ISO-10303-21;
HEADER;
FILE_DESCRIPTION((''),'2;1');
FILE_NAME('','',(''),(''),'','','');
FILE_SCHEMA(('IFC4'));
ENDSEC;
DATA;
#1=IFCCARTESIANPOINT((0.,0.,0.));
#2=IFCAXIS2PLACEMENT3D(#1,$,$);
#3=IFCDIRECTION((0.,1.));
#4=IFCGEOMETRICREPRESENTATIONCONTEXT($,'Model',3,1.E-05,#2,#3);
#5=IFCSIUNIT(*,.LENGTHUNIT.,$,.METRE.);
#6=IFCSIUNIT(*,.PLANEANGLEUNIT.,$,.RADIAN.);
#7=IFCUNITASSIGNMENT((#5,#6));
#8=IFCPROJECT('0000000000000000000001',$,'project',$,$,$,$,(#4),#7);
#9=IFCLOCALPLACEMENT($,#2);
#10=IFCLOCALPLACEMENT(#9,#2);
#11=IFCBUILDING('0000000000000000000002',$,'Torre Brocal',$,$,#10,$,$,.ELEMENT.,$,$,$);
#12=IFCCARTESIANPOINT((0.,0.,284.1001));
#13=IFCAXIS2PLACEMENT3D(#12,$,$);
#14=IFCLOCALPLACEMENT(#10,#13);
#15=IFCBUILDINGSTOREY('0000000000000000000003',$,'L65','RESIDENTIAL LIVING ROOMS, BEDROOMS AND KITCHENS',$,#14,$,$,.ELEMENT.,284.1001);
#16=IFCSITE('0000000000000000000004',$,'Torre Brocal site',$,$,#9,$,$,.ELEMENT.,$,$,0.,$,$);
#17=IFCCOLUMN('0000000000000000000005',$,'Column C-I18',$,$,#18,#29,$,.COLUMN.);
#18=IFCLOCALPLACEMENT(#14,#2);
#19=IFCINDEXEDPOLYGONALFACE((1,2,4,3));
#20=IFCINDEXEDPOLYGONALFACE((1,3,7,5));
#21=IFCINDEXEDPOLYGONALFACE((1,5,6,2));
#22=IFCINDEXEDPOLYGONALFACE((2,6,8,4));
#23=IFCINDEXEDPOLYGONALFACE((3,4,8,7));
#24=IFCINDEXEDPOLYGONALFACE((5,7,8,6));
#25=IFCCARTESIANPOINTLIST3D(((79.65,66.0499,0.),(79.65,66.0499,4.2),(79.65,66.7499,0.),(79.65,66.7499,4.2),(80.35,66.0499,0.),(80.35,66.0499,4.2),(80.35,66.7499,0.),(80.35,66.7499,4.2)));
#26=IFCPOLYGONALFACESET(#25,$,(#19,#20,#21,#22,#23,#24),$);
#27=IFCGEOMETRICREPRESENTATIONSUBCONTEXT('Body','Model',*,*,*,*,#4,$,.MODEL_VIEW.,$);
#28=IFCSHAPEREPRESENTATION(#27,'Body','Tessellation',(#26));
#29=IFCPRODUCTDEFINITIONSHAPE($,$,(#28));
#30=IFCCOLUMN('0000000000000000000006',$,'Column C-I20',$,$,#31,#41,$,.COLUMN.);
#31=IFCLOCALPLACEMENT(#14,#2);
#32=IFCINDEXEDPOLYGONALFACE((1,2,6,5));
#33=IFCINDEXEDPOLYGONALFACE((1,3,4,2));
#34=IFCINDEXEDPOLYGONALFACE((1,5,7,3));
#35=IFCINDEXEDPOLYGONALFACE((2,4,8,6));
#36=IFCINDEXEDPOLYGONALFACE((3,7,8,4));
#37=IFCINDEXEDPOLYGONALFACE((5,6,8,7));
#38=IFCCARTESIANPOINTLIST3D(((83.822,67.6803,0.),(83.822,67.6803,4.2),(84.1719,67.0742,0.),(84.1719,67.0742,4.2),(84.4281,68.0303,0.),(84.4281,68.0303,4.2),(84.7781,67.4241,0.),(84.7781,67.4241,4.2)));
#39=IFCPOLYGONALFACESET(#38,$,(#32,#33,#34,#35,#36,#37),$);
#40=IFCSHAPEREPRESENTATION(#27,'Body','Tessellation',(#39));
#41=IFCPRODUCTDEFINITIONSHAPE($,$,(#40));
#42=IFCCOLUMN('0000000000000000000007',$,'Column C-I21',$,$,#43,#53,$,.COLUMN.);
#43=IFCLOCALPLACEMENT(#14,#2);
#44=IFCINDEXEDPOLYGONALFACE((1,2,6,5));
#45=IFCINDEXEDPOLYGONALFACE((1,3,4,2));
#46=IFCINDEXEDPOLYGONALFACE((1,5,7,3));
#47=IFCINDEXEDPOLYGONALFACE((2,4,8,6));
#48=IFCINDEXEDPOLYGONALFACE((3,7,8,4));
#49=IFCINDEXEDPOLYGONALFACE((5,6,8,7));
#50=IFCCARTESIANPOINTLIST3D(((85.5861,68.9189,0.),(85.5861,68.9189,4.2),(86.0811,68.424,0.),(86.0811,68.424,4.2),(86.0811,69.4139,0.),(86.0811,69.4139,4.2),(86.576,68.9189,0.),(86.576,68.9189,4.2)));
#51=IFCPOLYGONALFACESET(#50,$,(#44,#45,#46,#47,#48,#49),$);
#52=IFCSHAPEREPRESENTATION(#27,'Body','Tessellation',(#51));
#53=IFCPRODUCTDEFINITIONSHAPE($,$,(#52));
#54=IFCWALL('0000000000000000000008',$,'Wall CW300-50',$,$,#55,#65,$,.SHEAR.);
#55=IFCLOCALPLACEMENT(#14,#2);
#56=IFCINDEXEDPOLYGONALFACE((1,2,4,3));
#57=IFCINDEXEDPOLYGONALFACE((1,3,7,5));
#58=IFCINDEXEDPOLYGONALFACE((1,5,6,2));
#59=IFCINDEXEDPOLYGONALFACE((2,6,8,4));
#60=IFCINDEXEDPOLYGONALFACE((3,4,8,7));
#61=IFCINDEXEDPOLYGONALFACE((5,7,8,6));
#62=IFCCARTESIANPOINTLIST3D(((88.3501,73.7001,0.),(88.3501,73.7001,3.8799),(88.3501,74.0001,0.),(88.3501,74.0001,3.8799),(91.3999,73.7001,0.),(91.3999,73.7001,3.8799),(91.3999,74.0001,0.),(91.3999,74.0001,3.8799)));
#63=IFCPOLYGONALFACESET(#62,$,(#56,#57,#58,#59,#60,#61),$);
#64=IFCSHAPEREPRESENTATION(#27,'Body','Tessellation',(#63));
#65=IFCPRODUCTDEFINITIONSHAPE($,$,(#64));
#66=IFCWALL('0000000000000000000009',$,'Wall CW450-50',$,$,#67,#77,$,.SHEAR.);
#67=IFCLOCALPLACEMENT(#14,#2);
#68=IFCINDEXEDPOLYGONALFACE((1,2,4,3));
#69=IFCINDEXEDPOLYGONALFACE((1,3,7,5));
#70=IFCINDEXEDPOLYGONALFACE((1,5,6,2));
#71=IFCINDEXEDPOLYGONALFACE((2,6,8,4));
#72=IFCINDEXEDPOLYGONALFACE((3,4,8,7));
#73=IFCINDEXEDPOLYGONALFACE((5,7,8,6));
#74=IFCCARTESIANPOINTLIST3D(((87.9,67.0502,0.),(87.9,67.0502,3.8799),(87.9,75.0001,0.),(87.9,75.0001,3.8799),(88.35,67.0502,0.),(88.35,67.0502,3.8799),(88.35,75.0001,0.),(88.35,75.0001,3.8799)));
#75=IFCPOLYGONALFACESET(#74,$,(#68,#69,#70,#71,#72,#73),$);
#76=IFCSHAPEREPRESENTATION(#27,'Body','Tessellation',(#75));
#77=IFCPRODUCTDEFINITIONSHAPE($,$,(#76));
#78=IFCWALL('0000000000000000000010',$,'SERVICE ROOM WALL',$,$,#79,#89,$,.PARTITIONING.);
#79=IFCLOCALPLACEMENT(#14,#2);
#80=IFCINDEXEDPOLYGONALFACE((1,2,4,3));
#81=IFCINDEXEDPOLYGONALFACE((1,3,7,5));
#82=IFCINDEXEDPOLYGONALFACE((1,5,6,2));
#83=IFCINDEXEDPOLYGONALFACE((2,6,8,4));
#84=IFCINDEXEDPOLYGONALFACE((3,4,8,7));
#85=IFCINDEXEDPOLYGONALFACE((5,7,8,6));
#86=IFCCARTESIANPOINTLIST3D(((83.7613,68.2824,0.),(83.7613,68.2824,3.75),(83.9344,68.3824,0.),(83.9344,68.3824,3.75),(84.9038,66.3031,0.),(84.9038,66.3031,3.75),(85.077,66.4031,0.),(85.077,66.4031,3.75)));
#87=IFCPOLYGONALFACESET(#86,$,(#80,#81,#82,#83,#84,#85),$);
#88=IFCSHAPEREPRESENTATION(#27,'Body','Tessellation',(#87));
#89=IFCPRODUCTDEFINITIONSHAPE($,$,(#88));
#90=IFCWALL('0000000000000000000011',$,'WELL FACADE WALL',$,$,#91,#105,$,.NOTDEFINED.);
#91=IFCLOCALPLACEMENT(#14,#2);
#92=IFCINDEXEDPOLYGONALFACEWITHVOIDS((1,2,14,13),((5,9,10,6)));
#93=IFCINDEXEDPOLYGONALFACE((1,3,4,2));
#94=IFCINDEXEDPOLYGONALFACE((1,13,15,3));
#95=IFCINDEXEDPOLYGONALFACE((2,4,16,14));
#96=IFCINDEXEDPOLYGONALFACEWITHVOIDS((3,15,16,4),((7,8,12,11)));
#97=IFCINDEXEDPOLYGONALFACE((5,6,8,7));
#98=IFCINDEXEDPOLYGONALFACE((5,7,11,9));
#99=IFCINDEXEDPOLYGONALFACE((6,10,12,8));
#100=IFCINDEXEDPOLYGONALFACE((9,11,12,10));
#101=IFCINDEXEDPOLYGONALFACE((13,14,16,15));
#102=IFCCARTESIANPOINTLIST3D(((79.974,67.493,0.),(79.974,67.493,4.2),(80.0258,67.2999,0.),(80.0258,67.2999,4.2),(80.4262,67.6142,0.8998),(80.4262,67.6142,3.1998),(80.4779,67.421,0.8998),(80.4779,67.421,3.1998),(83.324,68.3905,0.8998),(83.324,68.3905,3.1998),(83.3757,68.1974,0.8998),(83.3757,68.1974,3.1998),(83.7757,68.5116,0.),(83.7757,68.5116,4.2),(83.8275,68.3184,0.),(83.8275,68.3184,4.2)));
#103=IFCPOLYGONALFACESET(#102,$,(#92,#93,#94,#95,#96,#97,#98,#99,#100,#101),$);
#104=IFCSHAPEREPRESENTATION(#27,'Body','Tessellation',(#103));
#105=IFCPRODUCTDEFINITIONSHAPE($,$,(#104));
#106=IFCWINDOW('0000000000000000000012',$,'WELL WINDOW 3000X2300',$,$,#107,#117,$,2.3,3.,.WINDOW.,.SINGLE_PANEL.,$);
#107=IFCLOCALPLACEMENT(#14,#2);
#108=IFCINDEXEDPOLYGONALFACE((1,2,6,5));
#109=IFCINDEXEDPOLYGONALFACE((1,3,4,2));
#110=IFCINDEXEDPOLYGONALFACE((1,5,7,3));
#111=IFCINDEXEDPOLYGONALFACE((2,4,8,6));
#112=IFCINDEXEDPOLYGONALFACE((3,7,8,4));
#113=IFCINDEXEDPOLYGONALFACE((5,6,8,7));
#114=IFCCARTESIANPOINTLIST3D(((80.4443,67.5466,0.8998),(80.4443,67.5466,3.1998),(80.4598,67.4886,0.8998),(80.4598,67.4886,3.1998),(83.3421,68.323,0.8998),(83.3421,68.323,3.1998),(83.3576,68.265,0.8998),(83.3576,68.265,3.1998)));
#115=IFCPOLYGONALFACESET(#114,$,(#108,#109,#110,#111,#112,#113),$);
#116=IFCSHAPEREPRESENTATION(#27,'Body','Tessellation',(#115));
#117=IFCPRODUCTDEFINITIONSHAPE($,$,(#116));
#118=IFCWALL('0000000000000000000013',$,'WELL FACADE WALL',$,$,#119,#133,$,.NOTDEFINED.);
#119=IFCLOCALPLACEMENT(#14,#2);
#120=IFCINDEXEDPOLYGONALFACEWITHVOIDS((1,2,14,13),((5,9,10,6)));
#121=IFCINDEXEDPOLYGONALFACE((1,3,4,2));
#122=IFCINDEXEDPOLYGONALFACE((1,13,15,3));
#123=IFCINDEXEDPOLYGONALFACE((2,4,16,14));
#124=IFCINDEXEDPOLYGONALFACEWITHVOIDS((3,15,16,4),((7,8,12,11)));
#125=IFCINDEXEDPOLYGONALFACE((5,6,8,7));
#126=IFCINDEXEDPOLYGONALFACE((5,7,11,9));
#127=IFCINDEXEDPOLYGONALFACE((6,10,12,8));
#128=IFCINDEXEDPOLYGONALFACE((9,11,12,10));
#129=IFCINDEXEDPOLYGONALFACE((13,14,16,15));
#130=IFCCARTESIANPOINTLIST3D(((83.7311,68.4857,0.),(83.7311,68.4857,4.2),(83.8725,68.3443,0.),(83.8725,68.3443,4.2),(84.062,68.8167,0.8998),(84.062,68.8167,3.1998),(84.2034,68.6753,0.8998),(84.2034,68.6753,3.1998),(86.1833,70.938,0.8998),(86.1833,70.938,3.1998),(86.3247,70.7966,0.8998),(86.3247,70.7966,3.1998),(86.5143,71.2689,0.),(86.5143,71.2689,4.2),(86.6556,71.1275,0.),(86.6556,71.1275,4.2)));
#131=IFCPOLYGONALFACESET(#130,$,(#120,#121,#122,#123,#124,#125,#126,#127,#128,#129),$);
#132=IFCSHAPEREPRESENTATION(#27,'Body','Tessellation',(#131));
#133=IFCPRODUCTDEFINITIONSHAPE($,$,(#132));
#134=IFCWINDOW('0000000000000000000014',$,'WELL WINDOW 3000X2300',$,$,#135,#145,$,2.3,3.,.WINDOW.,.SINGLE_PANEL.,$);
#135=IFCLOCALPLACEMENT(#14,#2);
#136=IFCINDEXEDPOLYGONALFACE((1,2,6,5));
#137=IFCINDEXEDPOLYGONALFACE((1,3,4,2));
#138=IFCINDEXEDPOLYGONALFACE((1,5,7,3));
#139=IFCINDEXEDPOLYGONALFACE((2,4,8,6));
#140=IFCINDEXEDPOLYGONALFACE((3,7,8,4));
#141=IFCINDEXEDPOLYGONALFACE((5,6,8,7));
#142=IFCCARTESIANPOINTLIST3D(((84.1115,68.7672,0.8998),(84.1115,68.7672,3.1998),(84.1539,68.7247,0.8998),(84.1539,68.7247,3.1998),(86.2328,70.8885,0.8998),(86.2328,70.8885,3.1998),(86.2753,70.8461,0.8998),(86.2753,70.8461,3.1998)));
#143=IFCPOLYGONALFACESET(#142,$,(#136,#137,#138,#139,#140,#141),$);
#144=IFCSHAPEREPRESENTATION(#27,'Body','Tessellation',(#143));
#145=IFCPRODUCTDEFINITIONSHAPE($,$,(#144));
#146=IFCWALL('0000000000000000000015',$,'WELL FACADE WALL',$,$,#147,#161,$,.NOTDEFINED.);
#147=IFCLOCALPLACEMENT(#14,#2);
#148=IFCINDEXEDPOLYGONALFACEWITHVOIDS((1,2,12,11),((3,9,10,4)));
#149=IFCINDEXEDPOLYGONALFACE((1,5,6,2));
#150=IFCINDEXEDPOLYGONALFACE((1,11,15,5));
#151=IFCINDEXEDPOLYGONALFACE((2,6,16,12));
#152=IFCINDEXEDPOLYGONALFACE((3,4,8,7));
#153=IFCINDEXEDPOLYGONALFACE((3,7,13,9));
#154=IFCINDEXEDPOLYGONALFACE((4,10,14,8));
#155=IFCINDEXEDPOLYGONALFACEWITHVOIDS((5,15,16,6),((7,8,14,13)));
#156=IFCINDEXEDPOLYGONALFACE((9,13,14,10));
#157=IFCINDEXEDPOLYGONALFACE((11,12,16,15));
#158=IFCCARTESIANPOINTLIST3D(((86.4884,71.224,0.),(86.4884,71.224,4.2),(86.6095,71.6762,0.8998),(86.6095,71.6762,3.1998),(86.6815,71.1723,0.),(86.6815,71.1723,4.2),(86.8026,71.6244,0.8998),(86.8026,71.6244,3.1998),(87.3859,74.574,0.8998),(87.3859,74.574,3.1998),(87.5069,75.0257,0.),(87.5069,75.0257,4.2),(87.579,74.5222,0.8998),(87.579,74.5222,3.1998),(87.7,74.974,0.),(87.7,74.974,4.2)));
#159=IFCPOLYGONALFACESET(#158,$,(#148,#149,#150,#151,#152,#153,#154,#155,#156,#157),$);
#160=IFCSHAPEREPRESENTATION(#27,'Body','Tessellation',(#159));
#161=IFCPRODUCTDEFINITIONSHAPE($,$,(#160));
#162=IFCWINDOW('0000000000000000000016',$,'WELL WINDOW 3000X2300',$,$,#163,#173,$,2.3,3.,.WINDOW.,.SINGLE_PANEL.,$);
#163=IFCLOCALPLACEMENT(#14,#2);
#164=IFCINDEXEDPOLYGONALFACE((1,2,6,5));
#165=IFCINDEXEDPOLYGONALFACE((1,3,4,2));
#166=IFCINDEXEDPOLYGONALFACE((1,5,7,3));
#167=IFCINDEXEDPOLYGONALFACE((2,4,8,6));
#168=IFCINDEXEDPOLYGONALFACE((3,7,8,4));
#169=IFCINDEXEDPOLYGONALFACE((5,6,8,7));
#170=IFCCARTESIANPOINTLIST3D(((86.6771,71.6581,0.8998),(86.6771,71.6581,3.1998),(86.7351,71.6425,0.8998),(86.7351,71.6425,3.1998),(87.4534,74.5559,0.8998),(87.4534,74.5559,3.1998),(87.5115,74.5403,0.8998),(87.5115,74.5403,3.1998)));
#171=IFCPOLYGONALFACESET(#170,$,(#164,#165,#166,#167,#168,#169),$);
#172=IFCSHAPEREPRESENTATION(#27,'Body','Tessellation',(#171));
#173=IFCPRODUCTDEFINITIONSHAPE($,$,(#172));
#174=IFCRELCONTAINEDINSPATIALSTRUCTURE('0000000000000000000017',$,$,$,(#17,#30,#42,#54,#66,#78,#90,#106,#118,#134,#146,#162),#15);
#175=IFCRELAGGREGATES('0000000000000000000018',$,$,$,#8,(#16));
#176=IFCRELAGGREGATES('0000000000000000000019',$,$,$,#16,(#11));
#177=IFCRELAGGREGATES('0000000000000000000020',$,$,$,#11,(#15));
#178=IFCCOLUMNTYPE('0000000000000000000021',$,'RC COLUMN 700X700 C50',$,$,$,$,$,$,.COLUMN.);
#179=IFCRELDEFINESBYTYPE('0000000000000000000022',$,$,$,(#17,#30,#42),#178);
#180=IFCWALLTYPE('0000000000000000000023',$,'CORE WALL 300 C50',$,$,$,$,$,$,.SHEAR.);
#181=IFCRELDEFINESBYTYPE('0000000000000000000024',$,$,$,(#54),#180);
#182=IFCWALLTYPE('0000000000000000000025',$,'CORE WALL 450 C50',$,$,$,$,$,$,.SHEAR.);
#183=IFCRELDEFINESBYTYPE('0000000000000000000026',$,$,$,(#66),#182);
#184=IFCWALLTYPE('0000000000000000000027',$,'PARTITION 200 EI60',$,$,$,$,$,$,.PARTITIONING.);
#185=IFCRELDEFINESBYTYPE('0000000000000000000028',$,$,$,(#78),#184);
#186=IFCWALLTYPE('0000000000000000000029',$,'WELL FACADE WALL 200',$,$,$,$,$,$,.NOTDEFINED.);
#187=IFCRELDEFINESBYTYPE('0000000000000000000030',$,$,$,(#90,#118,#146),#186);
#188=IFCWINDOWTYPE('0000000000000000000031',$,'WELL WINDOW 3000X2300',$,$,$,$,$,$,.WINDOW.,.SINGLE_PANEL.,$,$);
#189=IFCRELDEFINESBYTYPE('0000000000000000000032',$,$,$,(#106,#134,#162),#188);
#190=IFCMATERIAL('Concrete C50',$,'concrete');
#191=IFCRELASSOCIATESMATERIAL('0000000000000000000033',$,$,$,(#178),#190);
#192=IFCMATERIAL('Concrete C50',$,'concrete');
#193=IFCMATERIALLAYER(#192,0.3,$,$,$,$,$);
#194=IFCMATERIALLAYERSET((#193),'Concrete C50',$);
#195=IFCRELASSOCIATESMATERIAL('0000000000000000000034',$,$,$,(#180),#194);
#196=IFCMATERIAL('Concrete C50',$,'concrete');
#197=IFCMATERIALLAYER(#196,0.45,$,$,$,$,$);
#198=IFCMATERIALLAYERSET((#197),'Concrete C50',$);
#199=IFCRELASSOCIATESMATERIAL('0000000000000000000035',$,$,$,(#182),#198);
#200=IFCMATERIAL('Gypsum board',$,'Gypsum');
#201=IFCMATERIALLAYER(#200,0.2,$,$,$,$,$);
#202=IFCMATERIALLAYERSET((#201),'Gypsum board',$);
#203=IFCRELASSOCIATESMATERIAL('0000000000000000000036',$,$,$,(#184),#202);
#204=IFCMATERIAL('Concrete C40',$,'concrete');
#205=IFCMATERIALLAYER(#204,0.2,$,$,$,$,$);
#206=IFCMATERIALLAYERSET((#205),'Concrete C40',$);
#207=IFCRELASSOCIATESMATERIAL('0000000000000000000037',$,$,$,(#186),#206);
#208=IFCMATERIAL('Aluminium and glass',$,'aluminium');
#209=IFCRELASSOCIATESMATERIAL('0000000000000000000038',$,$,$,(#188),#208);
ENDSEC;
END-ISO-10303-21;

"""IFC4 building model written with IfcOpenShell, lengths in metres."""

from ifc_helpers import new_model, si_unit, direction, frame, frame_2d, origin, origin_2d, place, context, subcontext, project, spatial, rectangle, extrude, material, layer, layer_set, material_profile, profile_set, type_object, element, fill, save


model = new_model("IFC4")

# Units and contexts
model_context = context("Model", 3, precision=1e-05, world=origin(), true_north=direction((0.0, 1.0)))
body_context = subcontext(model_context, "Body", "Model", "MODEL_VIEW")
ifc_project = project(units=[si_unit("LENGTHUNIT", "METRE"), si_unit("PLANEANGLEUNIT", "RADIAN")], contexts=[model_context])

# Site, building, storey
site_placement = place(None, origin())
site = spatial("IfcSite", under=ifc_project, at=site_placement, Name="Torre Brocal site", CompositionType="ELEMENT", RefElevation=0.0)
building_placement = place(site_placement, origin())
building = spatial("IfcBuilding", under=site, at=building_placement, Name="Torre Brocal", CompositionType="ELEMENT")
storey_placement = place(building_placement, frame((0.0, 0.0, 284.1001)))
storey = spatial("IfcBuildingStorey", under=building, at=storey_placement, Name="L65", Description="RESIDENTIAL LIVING ROOMS, BEDROOMS AND KITCHENS", CompositionType="ELEMENT", Elevation=284.1001)

# Columns
ifc_material_1 = material(Name="Concrete C50", Category="concrete")
ifc_material_profile = material_profile(ifc_material_1, rectangle(XDim=0.7, YDim=0.7, at=origin_2d()), Name="RC 700X700")
ifc_profile_set = profile_set([ifc_material_profile], Name="Concrete C50")
column_type = type_object("IfcColumnType", Name="RC COLUMN 700X700 C50", PredefinedType="COLUMN", material=ifc_profile_set)
for number, where, z_axis, x_axis, name in (
    (1, (80.0, 66.3999, 0.0), (0.0, 0.0, 1.0), (0.0, -1.0, 0.0), "Column C-I18"),
    (2, (84.3, 67.5522, 0.0), (0.0, 0.0, 1.0), (0.5, -0.866025, 0.0), "Column C-I20"),
    (3, (86.0811, 68.9189, 0.0), (0.0, 0.0, 1.0), (0.707107, -0.707107, 0.0), "Column C-I21"),
):
    element("IfcColumn", number, at=place(storey_placement, frame(where, z_axis=z_axis, x_axis=x_axis)), inside=storey, type_object=column_type, Name=name, PredefinedType="COLUMN", context=body_context, shape_type="SweptSolid", body=[
        extrude(rectangle(XDim=0.7, YDim=0.7, at=origin_2d()), origin(), (0.0, 0.0, 1.0), 4.2),
    ])

# Wall
ifc_material_2 = material(Name="Concrete C50", Category="concrete")
ifc_layer_1 = layer(ifc_material_2, 0.3)
ifc_layer_set_1 = layer_set([ifc_layer_1], Name="Concrete C50")
wall_type_1 = type_object("IfcWallType", Name="CORE WALL 300 C50", PredefinedType="SHEAR", material=ifc_layer_set_1)
wall_1_placement = place(storey_placement, frame((88.3501, 73.8501, 0.0), z_axis=(0.0, 0.0, 1.0), x_axis=(1.0, 0.0, 0.0)))
element("IfcWall", 4, at=wall_1_placement, inside=storey, type_object=wall_type_1, Name="Wall CW300-50", PredefinedType="SHEAR", context=body_context, shape_type="SweptSolid", body=[
    extrude(rectangle(XDim=3.0498, YDim=0.3, at=frame_2d((1.5249, 0.0))), origin(), (0.0, 0.0, 1.0), 3.8799),
])

# Shared definitions
ifc_material_3 = material(Name="Concrete C50", Category="concrete")
ifc_layer_2 = layer(ifc_material_3, 0.45)
ifc_layer_set_2 = layer_set([ifc_layer_2], Name="Concrete C50")
wall_type_2 = type_object("IfcWallType", Name="CORE WALL 450 C50", PredefinedType="SHEAR", material=ifc_layer_set_2)

# Walls
wall_2_placement = place(storey_placement, frame((88.125, 67.05, 0.0), z_axis=(0.0, 0.0, 1.0), x_axis=(0.0, 1.0, 0.0)))
element("IfcWall", 5, at=wall_2_placement, inside=storey, type_object=wall_type_2, Name="Wall CW450-50", PredefinedType="SHEAR", context=body_context, shape_type="SweptSolid", body=[
    extrude(rectangle(XDim=7.95, YDim=0.45, at=frame_2d((3.9751, 0.0))), origin(), (0.0, 0.0, 1.0), 3.8799),
])
ifc_material_4 = material(Name="Gypsum board", Category="Gypsum")
ifc_layer_3 = layer(ifc_material_4, 0.2)
ifc_layer_set_3 = layer_set([ifc_layer_3], Name="Gypsum board")
wall_type_3 = type_object("IfcWallType", Name="PARTITION 200 EI60", PredefinedType="PARTITIONING", material=ifc_layer_set_3)
wall_3_placement = place(storey_placement, frame((83.8479, 68.3323, 0.0), z_axis=(0.0, 0.0, 1.0), x_axis=(0.499954, -0.866052, 0.0)))
element("IfcWall", 6, at=wall_3_placement, inside=storey, type_object=wall_type_3, Name="SERVICE ROOM WALL", PredefinedType="PARTITIONING", context=body_context, shape_type="SweptSolid", body=[
    extrude(rectangle(XDim=2.2854, YDim=0.2, at=frame_2d((1.1426, 0.0))), origin(), (0.0, 0.0, 1.0), 3.75),
])

# Walls, openings, windows
ifc_material_5 = material(Name="Concrete C40", Category="concrete")
ifc_layer_4 = layer(ifc_material_5, 0.2)
ifc_layer_set_4 = layer_set([ifc_layer_4], Name="Concrete C40")
wall_type_4 = type_object("IfcWallType", Name="WELL FACADE WALL 200", PredefinedType="NOTDEFINED", material=ifc_layer_set_4)
wall_4_placement = place(storey_placement, frame((80.0, 67.3965, 0.0), z_axis=(0.0, 0.0, 1.0), x_axis=(0.965934, 0.25879, 0.0)))
wall_4 = element("IfcWall", 7, at=wall_4_placement, inside=storey, type_object=wall_type_4, Name="WELL FACADE WALL", PredefinedType="NOTDEFINED", context=body_context, shape_type="SweptSolid", body=[
    extrude(rectangle(XDim=3.9358, YDim=0.2, at=frame_2d((1.9678, 0.0))), origin(), (0.0, 0.0, 1.0), 4.2),
])
opening_1_placement = place(wall_4_placement, frame((0.468, 0.0, 0.8999)))
opening_1 = element("IfcOpeningElement", 8, at=opening_1_placement, cuts=wall_4, PredefinedType="OPENING", context=body_context, shape_type="SweptSolid", body=[
    extrude(rectangle(XDim=3.0, YDim=2.3, at=frame_2d((1.5, 1.1499))), frame((0.0, 0.1099, 0.0), z_axis=(0.0, -1.0, 0.0), x_axis=(1.0, 0.0, 0.0)), (0.0, 0.0, 1.0), 0.22),
])
ifc_material_6 = material(Name="Aluminium and glass", Category="aluminium")
window_type = type_object("IfcWindowType", Name="WELL WINDOW 3000X2300", PartitioningType="SINGLE_PANEL", PredefinedType="WINDOW", material=ifc_material_6)
window_1_placement = place(opening_1_placement, origin())
window_1 = element("IfcWindow", 9, at=window_1_placement, inside=storey, type_object=window_type, Name="WELL WINDOW 3000X2300", OverallHeight=2.3, OverallWidth=3.0, PartitioningType="SINGLE_PANEL", PredefinedType="WINDOW", context=body_context, shape_type="SweptSolid", body=[
    extrude(rectangle(XDim=3.0, YDim=2.3, at=frame_2d((1.5, 1.1499))), frame((0.0, 0.03, 0.0), z_axis=(0.0, -1.0, 0.0), x_axis=(1.0, 0.0, 0.0)), (0.0, 0.0, 1.0), 0.0601),
])
fill(opening_1, window_1)
wall_5_placement = place(storey_placement, frame((83.8018, 68.415, 0.0), z_axis=(0.0, 0.0, 1.0), x_axis=(0.707107, 0.707107, 0.0)))
wall_5 = element("IfcWall", 10, at=wall_5_placement, inside=storey, type_object=wall_type_4, Name="WELL FACADE WALL", PredefinedType="NOTDEFINED", context=body_context, shape_type="SweptSolid", body=[
    extrude(rectangle(XDim=3.936, YDim=0.2, at=frame_2d((1.968, 0.0))), origin(), (0.0, 0.0, 1.0), 4.2),
])
opening_2_placement = place(wall_5_placement, frame((0.468, 0.0, 0.8999)))
opening_2 = element("IfcOpeningElement", 11, at=opening_2_placement, cuts=wall_5, PredefinedType="OPENING", context=body_context, shape_type="SweptSolid", body=[
    extrude(rectangle(XDim=3.0, YDim=2.3, at=frame_2d((1.5, 1.1499))), frame((0.0, 0.1099, 0.0), z_axis=(0.0, -1.0, 0.0), x_axis=(1.0, 0.0, 0.0)), (0.0, 0.0, 1.0), 0.22),
])
window_2_placement = place(opening_2_placement, origin())
window_2 = element("IfcWindow", 12, at=window_2_placement, inside=storey, type_object=window_type, Name="WELL WINDOW 3000X2300", OverallHeight=2.3, OverallWidth=3.0, PartitioningType="SINGLE_PANEL", PredefinedType="WINDOW", context=body_context, shape_type="SweptSolid", body=[
    extrude(rectangle(XDim=3.0, YDim=2.3, at=frame_2d((1.5, 1.1499))), frame((0.0, 0.03, 0.0), z_axis=(0.0, -1.0, 0.0), x_axis=(1.0, 0.0, 0.0)), (0.0, 0.0, 1.0), 0.0601),
])
fill(opening_2, window_2)
wall_6_placement = place(storey_placement, frame((86.585, 71.1982, 0.0), z_axis=(0.0, 0.0, 1.0), x_axis=(0.25879, 0.965934, 0.0)))
wall_6 = element("IfcWall", 13, at=wall_6_placement, inside=storey, type_object=wall_type_4, Name="WELL FACADE WALL", PredefinedType="NOTDEFINED", context=body_context, shape_type="SweptSolid", body=[
    extrude(rectangle(XDim=3.9358, YDim=0.2, at=frame_2d((1.9678, 0.0))), origin(), (0.0, 0.0, 1.0), 4.2),
])
opening_3_placement = place(wall_6_placement, frame((0.468, 0.0, 0.8999)))
opening_3 = element("IfcOpeningElement", 14, at=opening_3_placement, cuts=wall_6, PredefinedType="OPENING", context=body_context, shape_type="SweptSolid", body=[
    extrude(rectangle(XDim=3.0, YDim=2.3, at=frame_2d((1.5, 1.1499))), frame((0.0, 0.1099, 0.0), z_axis=(0.0, -1.0, 0.0), x_axis=(1.0, 0.0, 0.0)), (0.0, 0.0, 1.0), 0.22),
])
window_3_placement = place(opening_3_placement, origin())
window_3 = element("IfcWindow", 15, at=window_3_placement, inside=storey, type_object=window_type, Name="WELL WINDOW 3000X2300", OverallHeight=2.3, OverallWidth=3.0, PartitioningType="SINGLE_PANEL", PredefinedType="WINDOW", context=body_context, shape_type="SweptSolid", body=[
    extrude(rectangle(XDim=3.0, YDim=2.3, at=frame_2d((1.5, 1.1499))), frame((0.0, 0.03, 0.0), z_axis=(0.0, -1.0, 0.0), x_axis=(1.0, 0.0, 0.0)), (0.0, 0.0, 1.0), 0.0601),
])
fill(opening_3, window_3)

save(model, "model.ifc")
